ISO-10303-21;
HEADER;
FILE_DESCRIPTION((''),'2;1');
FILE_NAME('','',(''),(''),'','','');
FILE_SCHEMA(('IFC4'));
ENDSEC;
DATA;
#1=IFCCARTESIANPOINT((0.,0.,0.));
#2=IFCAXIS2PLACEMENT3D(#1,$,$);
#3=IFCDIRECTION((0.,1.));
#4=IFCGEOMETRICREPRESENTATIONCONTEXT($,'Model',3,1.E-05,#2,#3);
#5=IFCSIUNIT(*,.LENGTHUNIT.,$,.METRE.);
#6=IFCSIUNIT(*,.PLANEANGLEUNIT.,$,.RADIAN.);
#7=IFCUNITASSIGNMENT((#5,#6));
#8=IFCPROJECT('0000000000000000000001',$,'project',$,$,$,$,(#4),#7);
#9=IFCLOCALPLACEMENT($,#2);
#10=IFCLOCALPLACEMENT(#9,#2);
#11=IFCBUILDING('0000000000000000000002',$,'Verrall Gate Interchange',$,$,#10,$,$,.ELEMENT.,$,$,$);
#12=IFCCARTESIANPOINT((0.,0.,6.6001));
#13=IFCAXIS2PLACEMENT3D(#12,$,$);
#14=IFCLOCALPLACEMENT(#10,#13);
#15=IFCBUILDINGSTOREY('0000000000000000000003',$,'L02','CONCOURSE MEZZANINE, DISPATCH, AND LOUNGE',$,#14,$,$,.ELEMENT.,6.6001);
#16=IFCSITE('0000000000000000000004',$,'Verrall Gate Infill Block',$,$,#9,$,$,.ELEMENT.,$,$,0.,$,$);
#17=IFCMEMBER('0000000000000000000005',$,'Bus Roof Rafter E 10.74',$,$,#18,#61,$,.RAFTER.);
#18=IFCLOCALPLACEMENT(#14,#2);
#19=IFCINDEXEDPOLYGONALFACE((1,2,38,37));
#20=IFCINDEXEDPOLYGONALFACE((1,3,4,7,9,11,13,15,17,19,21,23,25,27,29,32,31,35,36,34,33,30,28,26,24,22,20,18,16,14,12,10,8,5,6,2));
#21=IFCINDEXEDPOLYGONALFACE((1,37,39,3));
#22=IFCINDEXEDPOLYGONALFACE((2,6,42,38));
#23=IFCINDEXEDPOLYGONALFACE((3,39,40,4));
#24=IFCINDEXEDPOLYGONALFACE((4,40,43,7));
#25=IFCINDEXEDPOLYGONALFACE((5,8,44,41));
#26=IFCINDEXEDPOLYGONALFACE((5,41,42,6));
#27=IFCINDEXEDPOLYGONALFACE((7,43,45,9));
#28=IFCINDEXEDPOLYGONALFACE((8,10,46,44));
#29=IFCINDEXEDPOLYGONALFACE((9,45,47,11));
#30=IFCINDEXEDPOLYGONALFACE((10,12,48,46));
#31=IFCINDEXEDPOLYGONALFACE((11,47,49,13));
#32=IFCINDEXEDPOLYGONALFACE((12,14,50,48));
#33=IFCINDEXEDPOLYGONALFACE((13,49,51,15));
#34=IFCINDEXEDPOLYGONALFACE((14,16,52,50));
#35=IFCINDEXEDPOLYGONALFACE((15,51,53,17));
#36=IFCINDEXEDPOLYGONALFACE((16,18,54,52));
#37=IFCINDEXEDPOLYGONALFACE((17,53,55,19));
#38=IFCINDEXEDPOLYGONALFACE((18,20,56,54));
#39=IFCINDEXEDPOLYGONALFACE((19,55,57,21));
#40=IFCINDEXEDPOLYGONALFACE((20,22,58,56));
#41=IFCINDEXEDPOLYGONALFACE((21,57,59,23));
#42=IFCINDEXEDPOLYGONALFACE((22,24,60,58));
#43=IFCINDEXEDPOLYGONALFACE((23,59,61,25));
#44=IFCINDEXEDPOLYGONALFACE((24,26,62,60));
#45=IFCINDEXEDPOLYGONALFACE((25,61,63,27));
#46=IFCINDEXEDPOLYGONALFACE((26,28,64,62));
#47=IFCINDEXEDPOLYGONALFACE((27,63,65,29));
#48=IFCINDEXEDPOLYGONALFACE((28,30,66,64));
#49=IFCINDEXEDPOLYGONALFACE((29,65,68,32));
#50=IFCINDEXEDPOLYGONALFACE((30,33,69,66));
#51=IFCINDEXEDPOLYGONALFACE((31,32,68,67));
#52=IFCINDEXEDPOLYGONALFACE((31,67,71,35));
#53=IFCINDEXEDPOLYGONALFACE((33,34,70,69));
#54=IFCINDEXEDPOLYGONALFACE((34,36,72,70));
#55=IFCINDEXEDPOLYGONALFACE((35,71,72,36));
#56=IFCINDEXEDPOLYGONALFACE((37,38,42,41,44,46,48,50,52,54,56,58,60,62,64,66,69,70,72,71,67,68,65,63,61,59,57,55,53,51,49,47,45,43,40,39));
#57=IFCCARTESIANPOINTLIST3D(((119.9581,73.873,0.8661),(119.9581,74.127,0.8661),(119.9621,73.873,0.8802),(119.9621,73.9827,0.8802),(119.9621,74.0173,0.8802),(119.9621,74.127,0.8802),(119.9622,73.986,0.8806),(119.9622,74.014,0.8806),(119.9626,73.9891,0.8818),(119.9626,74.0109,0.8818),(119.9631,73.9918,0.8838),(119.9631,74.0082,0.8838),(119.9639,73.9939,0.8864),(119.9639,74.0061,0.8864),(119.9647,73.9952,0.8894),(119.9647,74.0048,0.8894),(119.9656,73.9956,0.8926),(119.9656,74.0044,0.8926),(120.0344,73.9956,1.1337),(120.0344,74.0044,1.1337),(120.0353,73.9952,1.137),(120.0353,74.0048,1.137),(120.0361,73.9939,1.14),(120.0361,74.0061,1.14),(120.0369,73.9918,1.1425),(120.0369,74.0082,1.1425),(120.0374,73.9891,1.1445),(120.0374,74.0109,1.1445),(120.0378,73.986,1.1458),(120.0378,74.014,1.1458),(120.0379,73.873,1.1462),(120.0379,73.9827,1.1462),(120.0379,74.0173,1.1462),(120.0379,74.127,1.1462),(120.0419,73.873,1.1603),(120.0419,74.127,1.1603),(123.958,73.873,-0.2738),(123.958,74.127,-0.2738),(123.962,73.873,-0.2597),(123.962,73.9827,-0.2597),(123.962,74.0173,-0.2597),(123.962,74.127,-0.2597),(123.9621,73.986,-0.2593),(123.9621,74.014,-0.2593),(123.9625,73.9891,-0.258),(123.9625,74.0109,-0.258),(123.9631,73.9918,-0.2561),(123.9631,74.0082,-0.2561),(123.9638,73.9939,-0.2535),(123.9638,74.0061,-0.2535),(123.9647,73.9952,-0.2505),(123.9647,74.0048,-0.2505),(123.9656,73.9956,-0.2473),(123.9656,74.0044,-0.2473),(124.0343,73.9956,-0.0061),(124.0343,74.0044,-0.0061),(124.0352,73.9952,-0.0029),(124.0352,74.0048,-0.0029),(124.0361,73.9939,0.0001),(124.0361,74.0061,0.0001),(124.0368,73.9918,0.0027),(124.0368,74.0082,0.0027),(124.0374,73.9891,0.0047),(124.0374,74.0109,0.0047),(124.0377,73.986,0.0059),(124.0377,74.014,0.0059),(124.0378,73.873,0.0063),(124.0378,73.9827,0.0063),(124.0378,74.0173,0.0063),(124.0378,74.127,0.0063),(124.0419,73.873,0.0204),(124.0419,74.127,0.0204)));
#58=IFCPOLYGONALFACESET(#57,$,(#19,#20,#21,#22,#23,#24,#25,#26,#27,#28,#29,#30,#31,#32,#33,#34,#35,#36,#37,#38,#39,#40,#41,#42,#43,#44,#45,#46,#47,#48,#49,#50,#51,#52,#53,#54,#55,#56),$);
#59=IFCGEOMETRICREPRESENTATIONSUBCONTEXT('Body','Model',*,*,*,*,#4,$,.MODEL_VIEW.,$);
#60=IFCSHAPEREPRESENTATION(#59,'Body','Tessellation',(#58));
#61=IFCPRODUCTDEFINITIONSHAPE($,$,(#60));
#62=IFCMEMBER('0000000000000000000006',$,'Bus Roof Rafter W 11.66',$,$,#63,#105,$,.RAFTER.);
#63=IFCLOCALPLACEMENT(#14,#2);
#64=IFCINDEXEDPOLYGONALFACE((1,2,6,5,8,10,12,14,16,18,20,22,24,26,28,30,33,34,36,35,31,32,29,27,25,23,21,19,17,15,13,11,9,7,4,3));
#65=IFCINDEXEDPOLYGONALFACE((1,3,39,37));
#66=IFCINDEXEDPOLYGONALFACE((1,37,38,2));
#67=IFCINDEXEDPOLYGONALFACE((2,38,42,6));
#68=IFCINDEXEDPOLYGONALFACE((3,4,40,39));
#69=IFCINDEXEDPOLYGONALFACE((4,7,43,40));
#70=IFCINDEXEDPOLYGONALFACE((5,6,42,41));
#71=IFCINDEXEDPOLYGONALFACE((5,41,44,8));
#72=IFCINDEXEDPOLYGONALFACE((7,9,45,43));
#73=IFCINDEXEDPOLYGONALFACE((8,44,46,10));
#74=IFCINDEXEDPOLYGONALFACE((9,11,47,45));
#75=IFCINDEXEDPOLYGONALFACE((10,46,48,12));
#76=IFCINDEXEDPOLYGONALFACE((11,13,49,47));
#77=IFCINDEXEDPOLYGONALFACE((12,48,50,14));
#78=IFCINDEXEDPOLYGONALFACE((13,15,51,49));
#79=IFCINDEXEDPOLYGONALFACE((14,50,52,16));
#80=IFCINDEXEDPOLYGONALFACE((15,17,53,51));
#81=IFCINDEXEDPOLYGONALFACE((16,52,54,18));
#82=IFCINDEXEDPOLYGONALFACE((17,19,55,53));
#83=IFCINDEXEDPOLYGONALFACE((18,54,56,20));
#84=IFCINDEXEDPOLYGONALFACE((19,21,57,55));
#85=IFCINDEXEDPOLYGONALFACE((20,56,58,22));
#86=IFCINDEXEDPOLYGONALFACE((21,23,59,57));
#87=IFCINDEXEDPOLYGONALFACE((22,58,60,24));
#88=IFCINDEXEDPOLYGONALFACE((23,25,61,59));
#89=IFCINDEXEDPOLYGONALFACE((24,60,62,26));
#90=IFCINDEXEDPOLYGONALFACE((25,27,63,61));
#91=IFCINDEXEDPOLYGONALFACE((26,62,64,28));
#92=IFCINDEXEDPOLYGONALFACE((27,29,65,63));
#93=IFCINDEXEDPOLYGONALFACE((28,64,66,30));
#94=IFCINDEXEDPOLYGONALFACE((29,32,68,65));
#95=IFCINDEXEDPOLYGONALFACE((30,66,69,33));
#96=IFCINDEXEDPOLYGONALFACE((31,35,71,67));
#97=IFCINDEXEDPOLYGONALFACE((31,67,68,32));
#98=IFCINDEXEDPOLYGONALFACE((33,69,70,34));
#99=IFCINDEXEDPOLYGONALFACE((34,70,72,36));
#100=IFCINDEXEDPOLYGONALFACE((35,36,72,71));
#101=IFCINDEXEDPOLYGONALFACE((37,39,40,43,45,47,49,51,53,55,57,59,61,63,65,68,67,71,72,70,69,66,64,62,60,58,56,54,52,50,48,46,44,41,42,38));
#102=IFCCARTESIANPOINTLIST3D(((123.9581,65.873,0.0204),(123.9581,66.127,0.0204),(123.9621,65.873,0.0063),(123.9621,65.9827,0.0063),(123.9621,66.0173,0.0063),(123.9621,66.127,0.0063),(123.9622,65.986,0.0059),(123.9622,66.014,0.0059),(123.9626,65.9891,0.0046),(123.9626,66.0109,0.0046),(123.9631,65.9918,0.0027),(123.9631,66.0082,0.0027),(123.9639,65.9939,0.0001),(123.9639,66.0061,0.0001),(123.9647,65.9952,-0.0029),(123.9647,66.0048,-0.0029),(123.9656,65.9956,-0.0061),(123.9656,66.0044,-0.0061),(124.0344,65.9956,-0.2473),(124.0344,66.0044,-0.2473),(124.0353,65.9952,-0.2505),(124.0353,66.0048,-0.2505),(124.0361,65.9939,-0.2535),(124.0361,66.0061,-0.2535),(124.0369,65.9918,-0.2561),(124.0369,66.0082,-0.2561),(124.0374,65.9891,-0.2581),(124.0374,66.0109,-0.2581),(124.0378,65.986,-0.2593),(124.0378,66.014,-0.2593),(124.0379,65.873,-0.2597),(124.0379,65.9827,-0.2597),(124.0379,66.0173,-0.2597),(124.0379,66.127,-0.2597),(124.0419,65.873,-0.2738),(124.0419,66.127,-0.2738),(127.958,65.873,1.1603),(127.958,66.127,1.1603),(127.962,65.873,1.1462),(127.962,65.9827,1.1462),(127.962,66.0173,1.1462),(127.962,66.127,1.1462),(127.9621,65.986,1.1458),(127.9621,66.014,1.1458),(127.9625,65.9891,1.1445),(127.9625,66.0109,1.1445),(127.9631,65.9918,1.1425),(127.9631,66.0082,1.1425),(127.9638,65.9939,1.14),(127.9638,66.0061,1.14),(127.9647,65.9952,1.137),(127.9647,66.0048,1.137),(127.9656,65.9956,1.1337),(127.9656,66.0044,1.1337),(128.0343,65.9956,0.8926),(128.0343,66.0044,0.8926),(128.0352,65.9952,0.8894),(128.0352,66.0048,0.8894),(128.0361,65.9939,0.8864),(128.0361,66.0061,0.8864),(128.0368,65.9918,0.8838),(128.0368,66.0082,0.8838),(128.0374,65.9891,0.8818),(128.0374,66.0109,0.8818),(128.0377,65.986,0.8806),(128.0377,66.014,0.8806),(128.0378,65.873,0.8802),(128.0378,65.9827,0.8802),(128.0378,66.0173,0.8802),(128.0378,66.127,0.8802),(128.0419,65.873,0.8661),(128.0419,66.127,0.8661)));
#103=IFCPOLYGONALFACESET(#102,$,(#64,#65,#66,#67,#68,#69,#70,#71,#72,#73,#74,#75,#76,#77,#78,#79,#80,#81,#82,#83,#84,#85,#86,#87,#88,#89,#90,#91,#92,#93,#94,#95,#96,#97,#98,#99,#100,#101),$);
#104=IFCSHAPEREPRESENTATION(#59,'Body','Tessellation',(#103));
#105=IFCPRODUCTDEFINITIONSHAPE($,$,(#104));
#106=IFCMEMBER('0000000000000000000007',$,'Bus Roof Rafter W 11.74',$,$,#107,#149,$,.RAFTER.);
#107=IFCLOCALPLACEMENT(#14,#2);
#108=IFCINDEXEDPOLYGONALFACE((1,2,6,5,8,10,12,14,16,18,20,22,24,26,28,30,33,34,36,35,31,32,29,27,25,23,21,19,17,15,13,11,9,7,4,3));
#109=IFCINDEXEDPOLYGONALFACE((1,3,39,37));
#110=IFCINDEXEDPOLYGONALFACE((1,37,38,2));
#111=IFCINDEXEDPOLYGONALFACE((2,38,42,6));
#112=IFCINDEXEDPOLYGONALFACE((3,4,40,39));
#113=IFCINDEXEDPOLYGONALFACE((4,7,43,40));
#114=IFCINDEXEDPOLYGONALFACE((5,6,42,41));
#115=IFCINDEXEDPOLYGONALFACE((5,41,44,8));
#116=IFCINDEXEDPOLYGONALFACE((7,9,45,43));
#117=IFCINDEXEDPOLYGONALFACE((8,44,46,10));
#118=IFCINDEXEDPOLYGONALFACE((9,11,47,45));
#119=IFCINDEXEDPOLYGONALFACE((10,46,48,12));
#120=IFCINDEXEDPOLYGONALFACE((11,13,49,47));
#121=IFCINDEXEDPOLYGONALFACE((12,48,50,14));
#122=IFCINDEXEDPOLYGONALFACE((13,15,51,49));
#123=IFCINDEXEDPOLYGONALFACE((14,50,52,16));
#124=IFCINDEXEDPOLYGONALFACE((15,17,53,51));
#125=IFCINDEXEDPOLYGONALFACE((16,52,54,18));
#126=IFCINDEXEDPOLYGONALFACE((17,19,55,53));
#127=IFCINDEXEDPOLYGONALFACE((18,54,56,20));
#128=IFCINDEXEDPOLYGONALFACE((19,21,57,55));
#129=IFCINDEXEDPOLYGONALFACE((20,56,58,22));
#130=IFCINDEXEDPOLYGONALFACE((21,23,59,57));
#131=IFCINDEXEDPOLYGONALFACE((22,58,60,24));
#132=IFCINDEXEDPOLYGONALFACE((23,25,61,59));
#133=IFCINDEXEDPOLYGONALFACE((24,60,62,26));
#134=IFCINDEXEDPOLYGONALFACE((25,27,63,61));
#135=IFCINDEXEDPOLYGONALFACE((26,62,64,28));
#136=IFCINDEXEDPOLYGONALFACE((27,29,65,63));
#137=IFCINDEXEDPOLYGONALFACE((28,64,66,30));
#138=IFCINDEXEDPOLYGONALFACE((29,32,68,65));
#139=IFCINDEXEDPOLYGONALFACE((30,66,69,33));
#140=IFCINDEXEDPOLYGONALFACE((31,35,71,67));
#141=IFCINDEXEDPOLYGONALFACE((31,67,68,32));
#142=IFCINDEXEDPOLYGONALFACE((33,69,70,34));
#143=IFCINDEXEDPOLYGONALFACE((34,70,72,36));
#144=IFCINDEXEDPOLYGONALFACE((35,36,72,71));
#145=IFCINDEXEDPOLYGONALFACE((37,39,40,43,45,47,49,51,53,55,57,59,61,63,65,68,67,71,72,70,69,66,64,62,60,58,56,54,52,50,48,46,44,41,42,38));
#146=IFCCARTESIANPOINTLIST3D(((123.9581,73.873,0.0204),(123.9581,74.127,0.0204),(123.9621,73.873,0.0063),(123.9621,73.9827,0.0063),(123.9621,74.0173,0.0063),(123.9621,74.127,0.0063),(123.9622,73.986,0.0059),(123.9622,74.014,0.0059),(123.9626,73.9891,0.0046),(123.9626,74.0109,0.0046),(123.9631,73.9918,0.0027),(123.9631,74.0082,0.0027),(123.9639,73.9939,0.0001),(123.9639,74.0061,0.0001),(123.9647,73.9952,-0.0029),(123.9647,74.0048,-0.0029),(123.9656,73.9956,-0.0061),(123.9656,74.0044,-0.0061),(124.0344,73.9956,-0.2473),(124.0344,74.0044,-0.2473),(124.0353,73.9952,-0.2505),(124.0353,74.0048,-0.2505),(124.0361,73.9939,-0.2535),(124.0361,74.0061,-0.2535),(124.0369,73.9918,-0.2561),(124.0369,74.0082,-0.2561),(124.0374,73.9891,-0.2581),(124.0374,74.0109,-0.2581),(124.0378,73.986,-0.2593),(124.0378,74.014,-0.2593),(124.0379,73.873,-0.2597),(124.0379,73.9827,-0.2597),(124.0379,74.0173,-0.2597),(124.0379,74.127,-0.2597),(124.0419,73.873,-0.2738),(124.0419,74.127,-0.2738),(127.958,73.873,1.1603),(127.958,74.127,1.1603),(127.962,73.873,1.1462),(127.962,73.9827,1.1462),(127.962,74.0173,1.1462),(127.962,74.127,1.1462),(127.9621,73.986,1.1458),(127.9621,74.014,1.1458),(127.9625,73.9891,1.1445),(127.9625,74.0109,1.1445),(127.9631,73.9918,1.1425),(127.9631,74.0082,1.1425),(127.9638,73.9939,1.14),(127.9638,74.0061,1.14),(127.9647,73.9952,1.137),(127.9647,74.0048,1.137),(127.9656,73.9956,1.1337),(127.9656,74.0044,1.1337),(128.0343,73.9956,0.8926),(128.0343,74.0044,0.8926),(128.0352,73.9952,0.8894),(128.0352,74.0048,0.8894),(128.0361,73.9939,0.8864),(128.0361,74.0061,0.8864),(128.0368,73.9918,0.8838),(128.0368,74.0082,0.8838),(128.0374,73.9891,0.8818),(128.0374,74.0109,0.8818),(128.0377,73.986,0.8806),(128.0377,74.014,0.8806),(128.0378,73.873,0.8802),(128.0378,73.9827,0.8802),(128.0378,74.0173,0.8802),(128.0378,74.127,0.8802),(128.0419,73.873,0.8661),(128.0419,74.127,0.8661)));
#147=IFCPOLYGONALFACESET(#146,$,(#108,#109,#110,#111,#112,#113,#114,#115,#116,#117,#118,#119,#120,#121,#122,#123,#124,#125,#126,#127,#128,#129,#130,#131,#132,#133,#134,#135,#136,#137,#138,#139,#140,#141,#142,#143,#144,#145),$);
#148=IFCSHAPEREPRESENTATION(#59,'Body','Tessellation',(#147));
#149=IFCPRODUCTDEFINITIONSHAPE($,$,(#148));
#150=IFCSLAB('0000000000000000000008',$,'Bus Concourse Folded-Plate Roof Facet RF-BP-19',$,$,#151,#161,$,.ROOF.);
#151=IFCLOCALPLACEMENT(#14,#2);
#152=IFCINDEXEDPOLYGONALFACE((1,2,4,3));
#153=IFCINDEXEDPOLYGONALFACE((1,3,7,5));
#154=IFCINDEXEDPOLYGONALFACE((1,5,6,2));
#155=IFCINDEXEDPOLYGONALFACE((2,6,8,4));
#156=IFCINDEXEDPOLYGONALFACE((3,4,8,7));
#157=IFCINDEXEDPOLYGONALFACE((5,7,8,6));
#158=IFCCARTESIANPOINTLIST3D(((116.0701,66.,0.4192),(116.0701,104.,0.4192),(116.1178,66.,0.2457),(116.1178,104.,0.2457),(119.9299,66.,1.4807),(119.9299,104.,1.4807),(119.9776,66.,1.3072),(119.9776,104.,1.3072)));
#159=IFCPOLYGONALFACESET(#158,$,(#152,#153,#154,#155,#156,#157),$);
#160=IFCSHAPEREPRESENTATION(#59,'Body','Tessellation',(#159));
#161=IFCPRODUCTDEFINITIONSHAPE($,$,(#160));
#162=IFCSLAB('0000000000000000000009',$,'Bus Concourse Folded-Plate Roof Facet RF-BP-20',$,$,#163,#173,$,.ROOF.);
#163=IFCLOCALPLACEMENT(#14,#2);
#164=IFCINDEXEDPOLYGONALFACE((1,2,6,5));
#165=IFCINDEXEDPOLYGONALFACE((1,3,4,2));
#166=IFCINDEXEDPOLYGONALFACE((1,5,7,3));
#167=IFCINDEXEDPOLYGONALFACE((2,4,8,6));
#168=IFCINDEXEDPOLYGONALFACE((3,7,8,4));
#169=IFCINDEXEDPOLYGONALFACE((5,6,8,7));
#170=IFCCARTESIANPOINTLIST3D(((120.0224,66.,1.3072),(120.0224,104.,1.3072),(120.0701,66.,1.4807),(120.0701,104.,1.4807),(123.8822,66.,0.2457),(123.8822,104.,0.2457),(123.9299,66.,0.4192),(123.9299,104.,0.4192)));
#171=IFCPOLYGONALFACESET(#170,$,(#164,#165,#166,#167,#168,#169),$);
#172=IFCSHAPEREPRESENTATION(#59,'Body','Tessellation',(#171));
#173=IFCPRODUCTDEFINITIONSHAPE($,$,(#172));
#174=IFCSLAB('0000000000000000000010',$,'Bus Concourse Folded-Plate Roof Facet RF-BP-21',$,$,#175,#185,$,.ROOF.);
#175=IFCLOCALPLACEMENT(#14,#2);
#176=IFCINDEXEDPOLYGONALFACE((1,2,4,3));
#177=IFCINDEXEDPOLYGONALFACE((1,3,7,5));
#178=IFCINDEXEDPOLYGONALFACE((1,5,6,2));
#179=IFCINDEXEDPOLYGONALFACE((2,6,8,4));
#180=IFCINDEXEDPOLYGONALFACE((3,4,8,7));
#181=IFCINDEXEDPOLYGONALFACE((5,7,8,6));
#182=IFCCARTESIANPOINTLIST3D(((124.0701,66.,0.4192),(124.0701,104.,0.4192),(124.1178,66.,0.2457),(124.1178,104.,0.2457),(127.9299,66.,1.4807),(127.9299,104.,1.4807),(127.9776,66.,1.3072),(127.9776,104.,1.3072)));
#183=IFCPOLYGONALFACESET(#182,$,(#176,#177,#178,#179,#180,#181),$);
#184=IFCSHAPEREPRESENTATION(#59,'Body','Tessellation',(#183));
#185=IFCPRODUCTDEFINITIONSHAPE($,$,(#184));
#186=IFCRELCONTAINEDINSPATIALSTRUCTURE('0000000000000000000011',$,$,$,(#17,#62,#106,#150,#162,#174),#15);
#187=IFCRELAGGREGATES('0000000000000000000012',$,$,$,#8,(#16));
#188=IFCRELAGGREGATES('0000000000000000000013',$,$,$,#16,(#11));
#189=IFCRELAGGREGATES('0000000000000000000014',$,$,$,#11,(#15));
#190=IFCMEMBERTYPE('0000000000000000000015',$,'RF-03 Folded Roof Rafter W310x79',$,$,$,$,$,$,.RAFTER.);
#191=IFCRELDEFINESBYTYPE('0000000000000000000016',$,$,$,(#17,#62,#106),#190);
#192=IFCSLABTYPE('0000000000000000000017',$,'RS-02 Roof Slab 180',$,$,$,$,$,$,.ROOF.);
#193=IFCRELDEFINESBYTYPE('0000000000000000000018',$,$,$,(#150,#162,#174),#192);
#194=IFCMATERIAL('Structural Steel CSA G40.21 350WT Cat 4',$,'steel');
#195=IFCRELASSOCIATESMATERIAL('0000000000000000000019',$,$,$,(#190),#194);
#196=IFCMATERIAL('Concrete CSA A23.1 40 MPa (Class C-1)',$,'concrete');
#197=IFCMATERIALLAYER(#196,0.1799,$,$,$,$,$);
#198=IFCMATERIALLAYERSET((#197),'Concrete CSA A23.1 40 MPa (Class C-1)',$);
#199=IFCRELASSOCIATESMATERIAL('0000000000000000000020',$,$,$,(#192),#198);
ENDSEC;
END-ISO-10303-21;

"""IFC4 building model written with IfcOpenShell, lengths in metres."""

from ifc_helpers import new_model, si_unit, direction, frame, origin, origin_2d, place, context, subcontext, project, spatial, polyline, i_section, outline, extrude, material, layer, layer_set, material_profile, profile_set, type_object, element, save


model = new_model("IFC4")

# Units and contexts
model_context = context("Model", 3, precision=1e-05, world=origin(), true_north=direction((0.0, 1.0)))
body_context = subcontext(model_context, "Body", "Model", "MODEL_VIEW")
ifc_project = project(units=[si_unit("LENGTHUNIT", "METRE"), si_unit("PLANEANGLEUNIT", "RADIAN")], contexts=[model_context])

# Site, building, storey
site_placement = place(None, origin())
site = spatial("IfcSite", under=ifc_project, at=site_placement, Name="Verrall Gate Infill Block", CompositionType="ELEMENT", RefElevation=0.0)
building_placement = place(site_placement, origin())
building = spatial("IfcBuilding", under=site, at=building_placement, Name="Verrall Gate Interchange", CompositionType="ELEMENT")
storey_placement = place(building_placement, frame((0.0, 0.0, 6.6001)))
storey = spatial("IfcBuildingStorey", under=building, at=storey_placement, Name="L02", Description="CONCOURSE MEZZANINE, DISPATCH, AND LOUNGE", CompositionType="ELEMENT", Elevation=6.6001)

# Members
ifc_material_1 = material(Name="Structural Steel CSA G40.21 350WT Cat 4", Category="steel")
ifc_material_profile_1 = material_profile(ifc_material_1, i_section(OverallWidth=0.2539, OverallDepth=0.3059, WebThickness=0.0088, FlangeThickness=0.0146, FilletRadius=0.0129, at=origin_2d()), Name="W310x79")
ifc_profile_set_1 = profile_set([ifc_material_profile_1], Name="Structural Steel CSA G40.21 350WT Cat 4")
member_type_1 = type_object("IfcMemberType", Name="RF-03 Folded Roof Rafter W310x79", PredefinedType="RAFTER", material=ifc_profile_set_1)
for number, where, z_axis, x_axis, name in (
    (1, (120.0, 74.0, 1.0132), (0.961712, 0.0, -0.274062), (0.0, 1.0, 0.0), "Bus Roof Rafter E 10.74"),
    (2, (124.0, 66.0, -0.1267), (0.961712, 0.0, 0.274062), (0.0, 1.0, 0.0), "Bus Roof Rafter W 11.66"),
    (3, (124.0, 74.0, -0.1267), (0.961712, 0.0, 0.274062), (0.0, 1.0, 0.0), "Bus Roof Rafter W 11.74"),
):
    element("IfcMember", number, at=place(storey_placement, frame(where, z_axis=z_axis, x_axis=x_axis)), inside=storey, type_object=member_type_1, Name=name, PredefinedType="RAFTER", context=body_context, shape_type="SweptSolid", body=[
        extrude(i_section(OverallWidth=0.2539, OverallDepth=0.3059, WebThickness=0.0088, FlangeThickness=0.0146, FilletRadius=0.0129, at=origin_2d()), origin(), (0.0, 0.0, 1.0), 4.1592),
    ])

# Slabs
ifc_material_2 = material(Name="Concrete CSA A23.1 40 MPa (Class C-1)", Category="concrete")
ifc_layer = layer(ifc_material_2, 0.1799)
ifc_layer_set = layer_set([ifc_layer], Name="Concrete CSA A23.1 40 MPa (Class C-1)")
slab_type = type_object("IfcSlabType", Name="RS-02 Roof Slab 180", PredefinedType="ROOF", material=ifc_layer_set)
for number, where, z_axis, x_axis, name in (
    (4, (116.0701, 66.0, 0.4192), (-0.265171, 0.0, 0.964201), (0.964201, 0.0, 0.265171), "Bus Concourse Folded-Plate Roof Facet RF-BP-19"),
    (5, (120.0701, 66.0, 1.4807), (0.265171, 0.0, 0.964201), (0.964201, 0.0, -0.265171), "Bus Concourse Folded-Plate Roof Facet RF-BP-20"),
    (6, (124.0701, 66.0, 0.4192), (-0.265171, 0.0, 0.964201), (0.964201, 0.0, 0.265171), "Bus Concourse Folded-Plate Roof Facet RF-BP-21"),
):
    element("IfcSlab", number, at=place(storey_placement, frame(where, z_axis=z_axis, x_axis=x_axis)), inside=storey, type_object=slab_type, Name=name, PredefinedType="ROOF", context=body_context, shape_type="SweptSolid", body=[
        extrude(outline(polyline([(0.0, 0.0), (4.0032, 0.0), (4.0032, 38.0), (0.0, 38.0), (0.0, 0.0)])), origin(), (0.0, 0.0, -1.0), 0.1799),
    ])

save(model, "model.ifc")
